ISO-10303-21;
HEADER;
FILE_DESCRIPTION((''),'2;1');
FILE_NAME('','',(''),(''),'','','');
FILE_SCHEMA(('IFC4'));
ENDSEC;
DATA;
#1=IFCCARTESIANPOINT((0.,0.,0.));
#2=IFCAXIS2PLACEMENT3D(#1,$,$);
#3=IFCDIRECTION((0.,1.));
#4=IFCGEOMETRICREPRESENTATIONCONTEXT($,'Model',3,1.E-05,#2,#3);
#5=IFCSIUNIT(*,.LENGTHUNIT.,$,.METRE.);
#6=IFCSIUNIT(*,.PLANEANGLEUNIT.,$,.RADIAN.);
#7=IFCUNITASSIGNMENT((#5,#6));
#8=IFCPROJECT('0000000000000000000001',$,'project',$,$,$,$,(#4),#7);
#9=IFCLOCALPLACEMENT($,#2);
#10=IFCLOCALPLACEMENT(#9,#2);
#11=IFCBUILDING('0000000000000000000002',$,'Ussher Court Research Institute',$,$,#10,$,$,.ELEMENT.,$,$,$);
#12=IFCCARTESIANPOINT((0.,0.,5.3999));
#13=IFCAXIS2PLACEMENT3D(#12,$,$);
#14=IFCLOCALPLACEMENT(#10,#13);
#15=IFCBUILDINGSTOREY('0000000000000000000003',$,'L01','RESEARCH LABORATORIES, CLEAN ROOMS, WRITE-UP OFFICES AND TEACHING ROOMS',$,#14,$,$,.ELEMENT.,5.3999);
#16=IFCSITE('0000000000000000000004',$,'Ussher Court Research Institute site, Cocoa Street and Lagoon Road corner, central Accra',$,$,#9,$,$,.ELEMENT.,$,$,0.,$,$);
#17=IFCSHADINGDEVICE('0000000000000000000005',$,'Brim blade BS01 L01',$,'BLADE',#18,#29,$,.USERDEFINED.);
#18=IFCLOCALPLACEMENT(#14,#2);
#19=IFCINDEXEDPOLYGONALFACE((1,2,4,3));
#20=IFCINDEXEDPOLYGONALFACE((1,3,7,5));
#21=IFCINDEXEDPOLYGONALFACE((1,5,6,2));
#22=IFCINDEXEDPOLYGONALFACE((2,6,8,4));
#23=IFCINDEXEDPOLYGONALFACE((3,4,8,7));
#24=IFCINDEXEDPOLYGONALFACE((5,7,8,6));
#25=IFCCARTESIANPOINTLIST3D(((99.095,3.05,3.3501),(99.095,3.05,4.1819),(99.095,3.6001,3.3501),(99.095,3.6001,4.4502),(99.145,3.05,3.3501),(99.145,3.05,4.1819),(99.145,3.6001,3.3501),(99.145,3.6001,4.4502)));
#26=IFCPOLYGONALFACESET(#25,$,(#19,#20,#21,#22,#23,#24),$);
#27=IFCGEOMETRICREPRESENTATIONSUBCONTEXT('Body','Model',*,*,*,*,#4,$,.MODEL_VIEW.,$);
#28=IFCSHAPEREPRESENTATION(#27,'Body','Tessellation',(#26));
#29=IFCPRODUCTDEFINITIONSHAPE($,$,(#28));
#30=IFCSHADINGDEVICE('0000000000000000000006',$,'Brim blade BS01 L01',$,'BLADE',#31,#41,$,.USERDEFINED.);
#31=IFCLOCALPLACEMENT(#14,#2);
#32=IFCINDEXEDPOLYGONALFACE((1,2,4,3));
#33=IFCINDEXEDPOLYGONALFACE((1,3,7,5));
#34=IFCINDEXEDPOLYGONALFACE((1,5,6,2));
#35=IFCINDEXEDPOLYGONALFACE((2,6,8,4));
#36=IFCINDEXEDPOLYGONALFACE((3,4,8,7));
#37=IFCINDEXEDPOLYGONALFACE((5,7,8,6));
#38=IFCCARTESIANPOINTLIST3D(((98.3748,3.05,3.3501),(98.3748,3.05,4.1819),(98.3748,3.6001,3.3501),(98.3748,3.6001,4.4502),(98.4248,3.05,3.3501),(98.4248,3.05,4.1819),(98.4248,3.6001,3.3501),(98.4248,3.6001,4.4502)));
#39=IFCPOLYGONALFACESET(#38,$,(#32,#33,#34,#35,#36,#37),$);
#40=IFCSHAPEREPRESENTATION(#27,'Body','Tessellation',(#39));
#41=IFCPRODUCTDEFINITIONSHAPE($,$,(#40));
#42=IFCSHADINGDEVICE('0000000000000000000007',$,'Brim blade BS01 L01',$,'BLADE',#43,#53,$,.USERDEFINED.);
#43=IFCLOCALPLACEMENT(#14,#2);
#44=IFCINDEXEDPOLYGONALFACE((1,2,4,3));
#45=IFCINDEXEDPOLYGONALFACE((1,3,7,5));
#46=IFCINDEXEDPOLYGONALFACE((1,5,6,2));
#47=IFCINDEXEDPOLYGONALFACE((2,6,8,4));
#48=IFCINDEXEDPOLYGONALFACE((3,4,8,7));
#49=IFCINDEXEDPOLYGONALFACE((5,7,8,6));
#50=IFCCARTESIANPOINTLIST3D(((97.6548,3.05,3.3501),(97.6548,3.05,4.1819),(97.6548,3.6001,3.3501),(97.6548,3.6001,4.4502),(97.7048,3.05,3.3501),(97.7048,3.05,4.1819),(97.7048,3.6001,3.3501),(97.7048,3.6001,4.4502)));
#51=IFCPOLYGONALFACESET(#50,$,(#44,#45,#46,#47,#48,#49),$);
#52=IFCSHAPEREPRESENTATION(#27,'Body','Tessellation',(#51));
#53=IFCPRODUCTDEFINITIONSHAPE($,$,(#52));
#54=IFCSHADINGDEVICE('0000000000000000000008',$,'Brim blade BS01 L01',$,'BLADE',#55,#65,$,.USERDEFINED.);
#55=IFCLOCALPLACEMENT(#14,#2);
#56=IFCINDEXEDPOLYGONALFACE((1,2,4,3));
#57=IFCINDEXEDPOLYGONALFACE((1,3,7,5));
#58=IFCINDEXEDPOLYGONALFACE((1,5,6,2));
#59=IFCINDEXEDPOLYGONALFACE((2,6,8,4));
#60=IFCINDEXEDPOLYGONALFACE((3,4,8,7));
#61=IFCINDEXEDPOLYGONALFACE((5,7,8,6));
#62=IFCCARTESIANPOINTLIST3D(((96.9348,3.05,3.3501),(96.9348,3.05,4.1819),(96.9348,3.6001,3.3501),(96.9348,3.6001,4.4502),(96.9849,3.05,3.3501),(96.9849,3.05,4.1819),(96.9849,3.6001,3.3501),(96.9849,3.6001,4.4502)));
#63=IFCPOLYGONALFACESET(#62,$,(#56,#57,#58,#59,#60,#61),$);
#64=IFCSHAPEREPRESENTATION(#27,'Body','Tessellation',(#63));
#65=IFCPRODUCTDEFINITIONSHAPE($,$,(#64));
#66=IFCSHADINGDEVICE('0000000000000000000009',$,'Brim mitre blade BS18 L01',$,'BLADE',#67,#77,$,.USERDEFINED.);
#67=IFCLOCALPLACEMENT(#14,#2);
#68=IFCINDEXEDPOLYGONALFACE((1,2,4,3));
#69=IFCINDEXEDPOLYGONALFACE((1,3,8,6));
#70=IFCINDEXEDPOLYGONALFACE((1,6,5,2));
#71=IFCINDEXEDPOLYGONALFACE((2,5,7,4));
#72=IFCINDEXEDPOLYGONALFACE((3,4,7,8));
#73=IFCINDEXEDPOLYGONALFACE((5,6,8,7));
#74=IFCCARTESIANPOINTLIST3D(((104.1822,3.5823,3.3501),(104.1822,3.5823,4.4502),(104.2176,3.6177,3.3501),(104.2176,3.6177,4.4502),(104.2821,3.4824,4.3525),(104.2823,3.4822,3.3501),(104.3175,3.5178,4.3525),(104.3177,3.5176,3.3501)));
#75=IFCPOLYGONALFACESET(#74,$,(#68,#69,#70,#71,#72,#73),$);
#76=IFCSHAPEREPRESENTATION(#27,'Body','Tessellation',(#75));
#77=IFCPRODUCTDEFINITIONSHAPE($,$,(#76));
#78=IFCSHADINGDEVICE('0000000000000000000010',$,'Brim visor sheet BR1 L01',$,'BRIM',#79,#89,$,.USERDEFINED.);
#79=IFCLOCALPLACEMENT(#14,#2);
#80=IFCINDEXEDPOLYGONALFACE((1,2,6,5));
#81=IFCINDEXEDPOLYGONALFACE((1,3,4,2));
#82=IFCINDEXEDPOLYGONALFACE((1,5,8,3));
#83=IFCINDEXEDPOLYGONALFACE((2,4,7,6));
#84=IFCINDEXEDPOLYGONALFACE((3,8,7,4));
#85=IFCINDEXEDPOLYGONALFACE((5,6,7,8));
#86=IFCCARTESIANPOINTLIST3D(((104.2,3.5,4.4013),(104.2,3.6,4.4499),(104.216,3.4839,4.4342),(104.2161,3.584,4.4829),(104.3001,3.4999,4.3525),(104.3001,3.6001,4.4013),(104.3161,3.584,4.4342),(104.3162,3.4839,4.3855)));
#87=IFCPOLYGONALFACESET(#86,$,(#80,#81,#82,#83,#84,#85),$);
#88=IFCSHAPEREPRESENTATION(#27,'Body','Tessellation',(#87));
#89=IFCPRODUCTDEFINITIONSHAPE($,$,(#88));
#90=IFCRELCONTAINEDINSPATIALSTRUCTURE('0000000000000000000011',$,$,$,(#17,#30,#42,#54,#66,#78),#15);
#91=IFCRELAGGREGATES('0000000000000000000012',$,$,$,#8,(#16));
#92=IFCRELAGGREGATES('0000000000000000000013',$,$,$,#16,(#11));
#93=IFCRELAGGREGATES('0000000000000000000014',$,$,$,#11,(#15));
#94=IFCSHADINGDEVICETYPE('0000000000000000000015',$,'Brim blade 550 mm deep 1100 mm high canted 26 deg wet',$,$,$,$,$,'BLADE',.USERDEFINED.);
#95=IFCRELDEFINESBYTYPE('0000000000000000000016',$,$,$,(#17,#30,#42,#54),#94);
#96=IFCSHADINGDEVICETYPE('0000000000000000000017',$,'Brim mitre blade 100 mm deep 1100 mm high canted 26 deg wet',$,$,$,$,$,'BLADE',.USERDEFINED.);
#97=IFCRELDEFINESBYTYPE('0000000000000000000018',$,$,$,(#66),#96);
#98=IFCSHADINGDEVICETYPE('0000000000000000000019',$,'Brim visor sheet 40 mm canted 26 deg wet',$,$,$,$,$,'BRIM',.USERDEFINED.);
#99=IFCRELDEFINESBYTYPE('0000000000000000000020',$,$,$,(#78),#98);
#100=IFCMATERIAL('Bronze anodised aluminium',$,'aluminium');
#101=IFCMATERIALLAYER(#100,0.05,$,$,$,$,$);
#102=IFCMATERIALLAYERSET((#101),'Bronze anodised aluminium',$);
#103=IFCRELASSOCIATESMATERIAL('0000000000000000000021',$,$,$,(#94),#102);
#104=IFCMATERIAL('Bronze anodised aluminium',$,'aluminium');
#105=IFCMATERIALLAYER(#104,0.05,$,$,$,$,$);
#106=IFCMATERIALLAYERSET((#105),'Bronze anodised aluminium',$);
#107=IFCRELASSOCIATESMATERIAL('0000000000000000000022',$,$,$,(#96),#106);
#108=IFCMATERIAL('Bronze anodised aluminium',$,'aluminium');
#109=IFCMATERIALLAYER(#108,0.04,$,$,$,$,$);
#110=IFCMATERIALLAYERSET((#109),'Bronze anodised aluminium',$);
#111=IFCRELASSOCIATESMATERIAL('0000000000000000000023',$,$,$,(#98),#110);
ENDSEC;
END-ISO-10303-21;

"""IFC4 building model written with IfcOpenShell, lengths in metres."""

from ifc_helpers import new_model, si_unit, direction, frame, origin, place, context, subcontext, project, spatial, polyline, outline, extrude, material, layer, layer_set, type_object, element, save


model = new_model("IFC4")

# Units and contexts
model_context = context("Model", 3, precision=1e-05, world=origin(), true_north=direction((0.0, 1.0)))
body_context = subcontext(model_context, "Body", "Model", "MODEL_VIEW")
ifc_project = project(units=[si_unit("LENGTHUNIT", "METRE"), si_unit("PLANEANGLEUNIT", "RADIAN")], contexts=[model_context])

# Site, building, storey
site_placement = place(None, origin())
site = spatial("IfcSite", under=ifc_project, at=site_placement, Name="Ussher Court Research Institute site, Cocoa Street and Lagoon Road corner, central Accra", CompositionType="ELEMENT", RefElevation=0.0)
building_placement = place(site_placement, origin())
building = spatial("IfcBuilding", under=site, at=building_placement, Name="Ussher Court Research Institute", CompositionType="ELEMENT")
storey_placement = place(building_placement, frame((0.0, 0.0, 5.3999)))
storey = spatial("IfcBuildingStorey", under=building, at=storey_placement, Name="L01", Description="RESEARCH LABORATORIES, CLEAN ROOMS, WRITE-UP OFFICES AND TEACHING ROOMS", CompositionType="ELEMENT", Elevation=5.3999)

# Shading devices
ifc_material_1 = material(Name="Bronze anodised aluminium", Category="aluminium")
ifc_layer_1 = layer(ifc_material_1, 0.05)
ifc_layer_set_1 = layer_set([ifc_layer_1], Name="Bronze anodised aluminium")
shading_device_type_1 = type_object("IfcShadingDeviceType", Name="Brim blade 550 mm deep 1100 mm high canted 26 deg wet", ElementType="BLADE", PredefinedType="USERDEFINED", material=ifc_layer_set_1)
for number, where, z_axis, x_axis, name in (
    (1, (99.1201, 3.6001, 3.3501), (0.0, 0.0, 1.0), (0.0, -1.0, 0.0), "Brim blade BS01 L01"),
    (2, (98.3999, 3.6001, 3.3501), (0.0, 0.0, 1.0), (0.0, -1.0, 0.0), "Brim blade BS01 L01"),
    (3, (97.6799, 3.6001, 3.3501), (0.0, 0.0, 1.0), (0.0, -1.0, 0.0), "Brim blade BS01 L01"),
    (4, (96.96, 3.6001, 3.3501), (0.0, 0.0, 1.0), (0.0, -1.0, 0.0), "Brim blade BS01 L01"),
):
    element("IfcShadingDevice", number, at=place(storey_placement, frame(where, z_axis=z_axis, x_axis=x_axis)), inside=storey, type_object=shading_device_type_1, Name=name, ObjectType="BLADE", PredefinedType="USERDEFINED", context=body_context, shape_type="SweptSolid", body=[
        extrude(outline(polyline([(0.0, 0.0), (0.55, 0.0), (0.55, 0.8318), (0.0, 1.1001), (0.0, 0.0)])), frame((0.0, 0.0249, 0.0), z_axis=(0.0, -1.0, 0.0), x_axis=(1.0, 0.0, 0.0)), (0.0, 0.0, 1.0), 0.05),
    ])
ifc_material_2 = material(Name="Bronze anodised aluminium", Category="aluminium")
ifc_layer_2 = layer(ifc_material_2, 0.05)
ifc_layer_set_2 = layer_set([ifc_layer_2], Name="Bronze anodised aluminium")
shading_device_type_2 = type_object("IfcShadingDeviceType", Name="Brim mitre blade 100 mm deep 1100 mm high canted 26 deg wet", ElementType="BLADE", PredefinedType="USERDEFINED", material=ifc_layer_set_2)
shading_device_1_placement = place(storey_placement, frame((104.2, 3.6001, 3.3501), z_axis=(0.0, 0.0, 1.0), x_axis=(0.707107, -0.707107, 0.0)))
element("IfcShadingDevice", 5, at=shading_device_1_placement, inside=storey, type_object=shading_device_type_2, Name="Brim mitre blade BS18 L01", ObjectType="BLADE", PredefinedType="USERDEFINED", context=body_context, shape_type="SweptSolid", body=[
    extrude(outline(polyline([(0.0, 0.0), (0.1416, 0.0), (0.1414, 1.0024), (0.0, 1.1001), (0.0, 0.0)])), frame((0.0, 0.0249, 0.0), z_axis=(0.0, -1.0, 0.0), x_axis=(1.0, 0.0, 0.0)), (0.0, 0.0, 1.0), 0.05),
])
ifc_material_3 = material(Name="Bronze anodised aluminium", Category="aluminium")
ifc_layer_3 = layer(ifc_material_3, 0.04)
ifc_layer_set_3 = layer_set([ifc_layer_3], Name="Bronze anodised aluminium")
shading_device_type_3 = type_object("IfcShadingDeviceType", Name="Brim visor sheet 40 mm canted 26 deg wet", ElementType="BRIM", PredefinedType="USERDEFINED", material=ifc_layer_set_3)
shading_device_2_placement = place(storey_placement, frame((104.2161, 3.584, 4.4829), z_axis=(0.400848, -0.400848, 0.823797), x_axis=(-0.000362, -0.899269, -0.437395)))
element("IfcShadingDevice", 6, at=shading_device_2_placement, inside=storey, type_object=shading_device_type_3, Name="Brim visor sheet BR1 L01", ObjectType="BRIM", PredefinedType="USERDEFINED", context=body_context, shape_type="SweptSolid", body=[
    extrude(outline(polyline([(0.0, 0.0), (0.1113, 0.0), (0.1326, 0.1093), (0.0212, 0.1092), (0.0, 0.0)])), origin(), (0.0, 0.0, -1.0), 0.04),
])

save(model, "model.ifc")
